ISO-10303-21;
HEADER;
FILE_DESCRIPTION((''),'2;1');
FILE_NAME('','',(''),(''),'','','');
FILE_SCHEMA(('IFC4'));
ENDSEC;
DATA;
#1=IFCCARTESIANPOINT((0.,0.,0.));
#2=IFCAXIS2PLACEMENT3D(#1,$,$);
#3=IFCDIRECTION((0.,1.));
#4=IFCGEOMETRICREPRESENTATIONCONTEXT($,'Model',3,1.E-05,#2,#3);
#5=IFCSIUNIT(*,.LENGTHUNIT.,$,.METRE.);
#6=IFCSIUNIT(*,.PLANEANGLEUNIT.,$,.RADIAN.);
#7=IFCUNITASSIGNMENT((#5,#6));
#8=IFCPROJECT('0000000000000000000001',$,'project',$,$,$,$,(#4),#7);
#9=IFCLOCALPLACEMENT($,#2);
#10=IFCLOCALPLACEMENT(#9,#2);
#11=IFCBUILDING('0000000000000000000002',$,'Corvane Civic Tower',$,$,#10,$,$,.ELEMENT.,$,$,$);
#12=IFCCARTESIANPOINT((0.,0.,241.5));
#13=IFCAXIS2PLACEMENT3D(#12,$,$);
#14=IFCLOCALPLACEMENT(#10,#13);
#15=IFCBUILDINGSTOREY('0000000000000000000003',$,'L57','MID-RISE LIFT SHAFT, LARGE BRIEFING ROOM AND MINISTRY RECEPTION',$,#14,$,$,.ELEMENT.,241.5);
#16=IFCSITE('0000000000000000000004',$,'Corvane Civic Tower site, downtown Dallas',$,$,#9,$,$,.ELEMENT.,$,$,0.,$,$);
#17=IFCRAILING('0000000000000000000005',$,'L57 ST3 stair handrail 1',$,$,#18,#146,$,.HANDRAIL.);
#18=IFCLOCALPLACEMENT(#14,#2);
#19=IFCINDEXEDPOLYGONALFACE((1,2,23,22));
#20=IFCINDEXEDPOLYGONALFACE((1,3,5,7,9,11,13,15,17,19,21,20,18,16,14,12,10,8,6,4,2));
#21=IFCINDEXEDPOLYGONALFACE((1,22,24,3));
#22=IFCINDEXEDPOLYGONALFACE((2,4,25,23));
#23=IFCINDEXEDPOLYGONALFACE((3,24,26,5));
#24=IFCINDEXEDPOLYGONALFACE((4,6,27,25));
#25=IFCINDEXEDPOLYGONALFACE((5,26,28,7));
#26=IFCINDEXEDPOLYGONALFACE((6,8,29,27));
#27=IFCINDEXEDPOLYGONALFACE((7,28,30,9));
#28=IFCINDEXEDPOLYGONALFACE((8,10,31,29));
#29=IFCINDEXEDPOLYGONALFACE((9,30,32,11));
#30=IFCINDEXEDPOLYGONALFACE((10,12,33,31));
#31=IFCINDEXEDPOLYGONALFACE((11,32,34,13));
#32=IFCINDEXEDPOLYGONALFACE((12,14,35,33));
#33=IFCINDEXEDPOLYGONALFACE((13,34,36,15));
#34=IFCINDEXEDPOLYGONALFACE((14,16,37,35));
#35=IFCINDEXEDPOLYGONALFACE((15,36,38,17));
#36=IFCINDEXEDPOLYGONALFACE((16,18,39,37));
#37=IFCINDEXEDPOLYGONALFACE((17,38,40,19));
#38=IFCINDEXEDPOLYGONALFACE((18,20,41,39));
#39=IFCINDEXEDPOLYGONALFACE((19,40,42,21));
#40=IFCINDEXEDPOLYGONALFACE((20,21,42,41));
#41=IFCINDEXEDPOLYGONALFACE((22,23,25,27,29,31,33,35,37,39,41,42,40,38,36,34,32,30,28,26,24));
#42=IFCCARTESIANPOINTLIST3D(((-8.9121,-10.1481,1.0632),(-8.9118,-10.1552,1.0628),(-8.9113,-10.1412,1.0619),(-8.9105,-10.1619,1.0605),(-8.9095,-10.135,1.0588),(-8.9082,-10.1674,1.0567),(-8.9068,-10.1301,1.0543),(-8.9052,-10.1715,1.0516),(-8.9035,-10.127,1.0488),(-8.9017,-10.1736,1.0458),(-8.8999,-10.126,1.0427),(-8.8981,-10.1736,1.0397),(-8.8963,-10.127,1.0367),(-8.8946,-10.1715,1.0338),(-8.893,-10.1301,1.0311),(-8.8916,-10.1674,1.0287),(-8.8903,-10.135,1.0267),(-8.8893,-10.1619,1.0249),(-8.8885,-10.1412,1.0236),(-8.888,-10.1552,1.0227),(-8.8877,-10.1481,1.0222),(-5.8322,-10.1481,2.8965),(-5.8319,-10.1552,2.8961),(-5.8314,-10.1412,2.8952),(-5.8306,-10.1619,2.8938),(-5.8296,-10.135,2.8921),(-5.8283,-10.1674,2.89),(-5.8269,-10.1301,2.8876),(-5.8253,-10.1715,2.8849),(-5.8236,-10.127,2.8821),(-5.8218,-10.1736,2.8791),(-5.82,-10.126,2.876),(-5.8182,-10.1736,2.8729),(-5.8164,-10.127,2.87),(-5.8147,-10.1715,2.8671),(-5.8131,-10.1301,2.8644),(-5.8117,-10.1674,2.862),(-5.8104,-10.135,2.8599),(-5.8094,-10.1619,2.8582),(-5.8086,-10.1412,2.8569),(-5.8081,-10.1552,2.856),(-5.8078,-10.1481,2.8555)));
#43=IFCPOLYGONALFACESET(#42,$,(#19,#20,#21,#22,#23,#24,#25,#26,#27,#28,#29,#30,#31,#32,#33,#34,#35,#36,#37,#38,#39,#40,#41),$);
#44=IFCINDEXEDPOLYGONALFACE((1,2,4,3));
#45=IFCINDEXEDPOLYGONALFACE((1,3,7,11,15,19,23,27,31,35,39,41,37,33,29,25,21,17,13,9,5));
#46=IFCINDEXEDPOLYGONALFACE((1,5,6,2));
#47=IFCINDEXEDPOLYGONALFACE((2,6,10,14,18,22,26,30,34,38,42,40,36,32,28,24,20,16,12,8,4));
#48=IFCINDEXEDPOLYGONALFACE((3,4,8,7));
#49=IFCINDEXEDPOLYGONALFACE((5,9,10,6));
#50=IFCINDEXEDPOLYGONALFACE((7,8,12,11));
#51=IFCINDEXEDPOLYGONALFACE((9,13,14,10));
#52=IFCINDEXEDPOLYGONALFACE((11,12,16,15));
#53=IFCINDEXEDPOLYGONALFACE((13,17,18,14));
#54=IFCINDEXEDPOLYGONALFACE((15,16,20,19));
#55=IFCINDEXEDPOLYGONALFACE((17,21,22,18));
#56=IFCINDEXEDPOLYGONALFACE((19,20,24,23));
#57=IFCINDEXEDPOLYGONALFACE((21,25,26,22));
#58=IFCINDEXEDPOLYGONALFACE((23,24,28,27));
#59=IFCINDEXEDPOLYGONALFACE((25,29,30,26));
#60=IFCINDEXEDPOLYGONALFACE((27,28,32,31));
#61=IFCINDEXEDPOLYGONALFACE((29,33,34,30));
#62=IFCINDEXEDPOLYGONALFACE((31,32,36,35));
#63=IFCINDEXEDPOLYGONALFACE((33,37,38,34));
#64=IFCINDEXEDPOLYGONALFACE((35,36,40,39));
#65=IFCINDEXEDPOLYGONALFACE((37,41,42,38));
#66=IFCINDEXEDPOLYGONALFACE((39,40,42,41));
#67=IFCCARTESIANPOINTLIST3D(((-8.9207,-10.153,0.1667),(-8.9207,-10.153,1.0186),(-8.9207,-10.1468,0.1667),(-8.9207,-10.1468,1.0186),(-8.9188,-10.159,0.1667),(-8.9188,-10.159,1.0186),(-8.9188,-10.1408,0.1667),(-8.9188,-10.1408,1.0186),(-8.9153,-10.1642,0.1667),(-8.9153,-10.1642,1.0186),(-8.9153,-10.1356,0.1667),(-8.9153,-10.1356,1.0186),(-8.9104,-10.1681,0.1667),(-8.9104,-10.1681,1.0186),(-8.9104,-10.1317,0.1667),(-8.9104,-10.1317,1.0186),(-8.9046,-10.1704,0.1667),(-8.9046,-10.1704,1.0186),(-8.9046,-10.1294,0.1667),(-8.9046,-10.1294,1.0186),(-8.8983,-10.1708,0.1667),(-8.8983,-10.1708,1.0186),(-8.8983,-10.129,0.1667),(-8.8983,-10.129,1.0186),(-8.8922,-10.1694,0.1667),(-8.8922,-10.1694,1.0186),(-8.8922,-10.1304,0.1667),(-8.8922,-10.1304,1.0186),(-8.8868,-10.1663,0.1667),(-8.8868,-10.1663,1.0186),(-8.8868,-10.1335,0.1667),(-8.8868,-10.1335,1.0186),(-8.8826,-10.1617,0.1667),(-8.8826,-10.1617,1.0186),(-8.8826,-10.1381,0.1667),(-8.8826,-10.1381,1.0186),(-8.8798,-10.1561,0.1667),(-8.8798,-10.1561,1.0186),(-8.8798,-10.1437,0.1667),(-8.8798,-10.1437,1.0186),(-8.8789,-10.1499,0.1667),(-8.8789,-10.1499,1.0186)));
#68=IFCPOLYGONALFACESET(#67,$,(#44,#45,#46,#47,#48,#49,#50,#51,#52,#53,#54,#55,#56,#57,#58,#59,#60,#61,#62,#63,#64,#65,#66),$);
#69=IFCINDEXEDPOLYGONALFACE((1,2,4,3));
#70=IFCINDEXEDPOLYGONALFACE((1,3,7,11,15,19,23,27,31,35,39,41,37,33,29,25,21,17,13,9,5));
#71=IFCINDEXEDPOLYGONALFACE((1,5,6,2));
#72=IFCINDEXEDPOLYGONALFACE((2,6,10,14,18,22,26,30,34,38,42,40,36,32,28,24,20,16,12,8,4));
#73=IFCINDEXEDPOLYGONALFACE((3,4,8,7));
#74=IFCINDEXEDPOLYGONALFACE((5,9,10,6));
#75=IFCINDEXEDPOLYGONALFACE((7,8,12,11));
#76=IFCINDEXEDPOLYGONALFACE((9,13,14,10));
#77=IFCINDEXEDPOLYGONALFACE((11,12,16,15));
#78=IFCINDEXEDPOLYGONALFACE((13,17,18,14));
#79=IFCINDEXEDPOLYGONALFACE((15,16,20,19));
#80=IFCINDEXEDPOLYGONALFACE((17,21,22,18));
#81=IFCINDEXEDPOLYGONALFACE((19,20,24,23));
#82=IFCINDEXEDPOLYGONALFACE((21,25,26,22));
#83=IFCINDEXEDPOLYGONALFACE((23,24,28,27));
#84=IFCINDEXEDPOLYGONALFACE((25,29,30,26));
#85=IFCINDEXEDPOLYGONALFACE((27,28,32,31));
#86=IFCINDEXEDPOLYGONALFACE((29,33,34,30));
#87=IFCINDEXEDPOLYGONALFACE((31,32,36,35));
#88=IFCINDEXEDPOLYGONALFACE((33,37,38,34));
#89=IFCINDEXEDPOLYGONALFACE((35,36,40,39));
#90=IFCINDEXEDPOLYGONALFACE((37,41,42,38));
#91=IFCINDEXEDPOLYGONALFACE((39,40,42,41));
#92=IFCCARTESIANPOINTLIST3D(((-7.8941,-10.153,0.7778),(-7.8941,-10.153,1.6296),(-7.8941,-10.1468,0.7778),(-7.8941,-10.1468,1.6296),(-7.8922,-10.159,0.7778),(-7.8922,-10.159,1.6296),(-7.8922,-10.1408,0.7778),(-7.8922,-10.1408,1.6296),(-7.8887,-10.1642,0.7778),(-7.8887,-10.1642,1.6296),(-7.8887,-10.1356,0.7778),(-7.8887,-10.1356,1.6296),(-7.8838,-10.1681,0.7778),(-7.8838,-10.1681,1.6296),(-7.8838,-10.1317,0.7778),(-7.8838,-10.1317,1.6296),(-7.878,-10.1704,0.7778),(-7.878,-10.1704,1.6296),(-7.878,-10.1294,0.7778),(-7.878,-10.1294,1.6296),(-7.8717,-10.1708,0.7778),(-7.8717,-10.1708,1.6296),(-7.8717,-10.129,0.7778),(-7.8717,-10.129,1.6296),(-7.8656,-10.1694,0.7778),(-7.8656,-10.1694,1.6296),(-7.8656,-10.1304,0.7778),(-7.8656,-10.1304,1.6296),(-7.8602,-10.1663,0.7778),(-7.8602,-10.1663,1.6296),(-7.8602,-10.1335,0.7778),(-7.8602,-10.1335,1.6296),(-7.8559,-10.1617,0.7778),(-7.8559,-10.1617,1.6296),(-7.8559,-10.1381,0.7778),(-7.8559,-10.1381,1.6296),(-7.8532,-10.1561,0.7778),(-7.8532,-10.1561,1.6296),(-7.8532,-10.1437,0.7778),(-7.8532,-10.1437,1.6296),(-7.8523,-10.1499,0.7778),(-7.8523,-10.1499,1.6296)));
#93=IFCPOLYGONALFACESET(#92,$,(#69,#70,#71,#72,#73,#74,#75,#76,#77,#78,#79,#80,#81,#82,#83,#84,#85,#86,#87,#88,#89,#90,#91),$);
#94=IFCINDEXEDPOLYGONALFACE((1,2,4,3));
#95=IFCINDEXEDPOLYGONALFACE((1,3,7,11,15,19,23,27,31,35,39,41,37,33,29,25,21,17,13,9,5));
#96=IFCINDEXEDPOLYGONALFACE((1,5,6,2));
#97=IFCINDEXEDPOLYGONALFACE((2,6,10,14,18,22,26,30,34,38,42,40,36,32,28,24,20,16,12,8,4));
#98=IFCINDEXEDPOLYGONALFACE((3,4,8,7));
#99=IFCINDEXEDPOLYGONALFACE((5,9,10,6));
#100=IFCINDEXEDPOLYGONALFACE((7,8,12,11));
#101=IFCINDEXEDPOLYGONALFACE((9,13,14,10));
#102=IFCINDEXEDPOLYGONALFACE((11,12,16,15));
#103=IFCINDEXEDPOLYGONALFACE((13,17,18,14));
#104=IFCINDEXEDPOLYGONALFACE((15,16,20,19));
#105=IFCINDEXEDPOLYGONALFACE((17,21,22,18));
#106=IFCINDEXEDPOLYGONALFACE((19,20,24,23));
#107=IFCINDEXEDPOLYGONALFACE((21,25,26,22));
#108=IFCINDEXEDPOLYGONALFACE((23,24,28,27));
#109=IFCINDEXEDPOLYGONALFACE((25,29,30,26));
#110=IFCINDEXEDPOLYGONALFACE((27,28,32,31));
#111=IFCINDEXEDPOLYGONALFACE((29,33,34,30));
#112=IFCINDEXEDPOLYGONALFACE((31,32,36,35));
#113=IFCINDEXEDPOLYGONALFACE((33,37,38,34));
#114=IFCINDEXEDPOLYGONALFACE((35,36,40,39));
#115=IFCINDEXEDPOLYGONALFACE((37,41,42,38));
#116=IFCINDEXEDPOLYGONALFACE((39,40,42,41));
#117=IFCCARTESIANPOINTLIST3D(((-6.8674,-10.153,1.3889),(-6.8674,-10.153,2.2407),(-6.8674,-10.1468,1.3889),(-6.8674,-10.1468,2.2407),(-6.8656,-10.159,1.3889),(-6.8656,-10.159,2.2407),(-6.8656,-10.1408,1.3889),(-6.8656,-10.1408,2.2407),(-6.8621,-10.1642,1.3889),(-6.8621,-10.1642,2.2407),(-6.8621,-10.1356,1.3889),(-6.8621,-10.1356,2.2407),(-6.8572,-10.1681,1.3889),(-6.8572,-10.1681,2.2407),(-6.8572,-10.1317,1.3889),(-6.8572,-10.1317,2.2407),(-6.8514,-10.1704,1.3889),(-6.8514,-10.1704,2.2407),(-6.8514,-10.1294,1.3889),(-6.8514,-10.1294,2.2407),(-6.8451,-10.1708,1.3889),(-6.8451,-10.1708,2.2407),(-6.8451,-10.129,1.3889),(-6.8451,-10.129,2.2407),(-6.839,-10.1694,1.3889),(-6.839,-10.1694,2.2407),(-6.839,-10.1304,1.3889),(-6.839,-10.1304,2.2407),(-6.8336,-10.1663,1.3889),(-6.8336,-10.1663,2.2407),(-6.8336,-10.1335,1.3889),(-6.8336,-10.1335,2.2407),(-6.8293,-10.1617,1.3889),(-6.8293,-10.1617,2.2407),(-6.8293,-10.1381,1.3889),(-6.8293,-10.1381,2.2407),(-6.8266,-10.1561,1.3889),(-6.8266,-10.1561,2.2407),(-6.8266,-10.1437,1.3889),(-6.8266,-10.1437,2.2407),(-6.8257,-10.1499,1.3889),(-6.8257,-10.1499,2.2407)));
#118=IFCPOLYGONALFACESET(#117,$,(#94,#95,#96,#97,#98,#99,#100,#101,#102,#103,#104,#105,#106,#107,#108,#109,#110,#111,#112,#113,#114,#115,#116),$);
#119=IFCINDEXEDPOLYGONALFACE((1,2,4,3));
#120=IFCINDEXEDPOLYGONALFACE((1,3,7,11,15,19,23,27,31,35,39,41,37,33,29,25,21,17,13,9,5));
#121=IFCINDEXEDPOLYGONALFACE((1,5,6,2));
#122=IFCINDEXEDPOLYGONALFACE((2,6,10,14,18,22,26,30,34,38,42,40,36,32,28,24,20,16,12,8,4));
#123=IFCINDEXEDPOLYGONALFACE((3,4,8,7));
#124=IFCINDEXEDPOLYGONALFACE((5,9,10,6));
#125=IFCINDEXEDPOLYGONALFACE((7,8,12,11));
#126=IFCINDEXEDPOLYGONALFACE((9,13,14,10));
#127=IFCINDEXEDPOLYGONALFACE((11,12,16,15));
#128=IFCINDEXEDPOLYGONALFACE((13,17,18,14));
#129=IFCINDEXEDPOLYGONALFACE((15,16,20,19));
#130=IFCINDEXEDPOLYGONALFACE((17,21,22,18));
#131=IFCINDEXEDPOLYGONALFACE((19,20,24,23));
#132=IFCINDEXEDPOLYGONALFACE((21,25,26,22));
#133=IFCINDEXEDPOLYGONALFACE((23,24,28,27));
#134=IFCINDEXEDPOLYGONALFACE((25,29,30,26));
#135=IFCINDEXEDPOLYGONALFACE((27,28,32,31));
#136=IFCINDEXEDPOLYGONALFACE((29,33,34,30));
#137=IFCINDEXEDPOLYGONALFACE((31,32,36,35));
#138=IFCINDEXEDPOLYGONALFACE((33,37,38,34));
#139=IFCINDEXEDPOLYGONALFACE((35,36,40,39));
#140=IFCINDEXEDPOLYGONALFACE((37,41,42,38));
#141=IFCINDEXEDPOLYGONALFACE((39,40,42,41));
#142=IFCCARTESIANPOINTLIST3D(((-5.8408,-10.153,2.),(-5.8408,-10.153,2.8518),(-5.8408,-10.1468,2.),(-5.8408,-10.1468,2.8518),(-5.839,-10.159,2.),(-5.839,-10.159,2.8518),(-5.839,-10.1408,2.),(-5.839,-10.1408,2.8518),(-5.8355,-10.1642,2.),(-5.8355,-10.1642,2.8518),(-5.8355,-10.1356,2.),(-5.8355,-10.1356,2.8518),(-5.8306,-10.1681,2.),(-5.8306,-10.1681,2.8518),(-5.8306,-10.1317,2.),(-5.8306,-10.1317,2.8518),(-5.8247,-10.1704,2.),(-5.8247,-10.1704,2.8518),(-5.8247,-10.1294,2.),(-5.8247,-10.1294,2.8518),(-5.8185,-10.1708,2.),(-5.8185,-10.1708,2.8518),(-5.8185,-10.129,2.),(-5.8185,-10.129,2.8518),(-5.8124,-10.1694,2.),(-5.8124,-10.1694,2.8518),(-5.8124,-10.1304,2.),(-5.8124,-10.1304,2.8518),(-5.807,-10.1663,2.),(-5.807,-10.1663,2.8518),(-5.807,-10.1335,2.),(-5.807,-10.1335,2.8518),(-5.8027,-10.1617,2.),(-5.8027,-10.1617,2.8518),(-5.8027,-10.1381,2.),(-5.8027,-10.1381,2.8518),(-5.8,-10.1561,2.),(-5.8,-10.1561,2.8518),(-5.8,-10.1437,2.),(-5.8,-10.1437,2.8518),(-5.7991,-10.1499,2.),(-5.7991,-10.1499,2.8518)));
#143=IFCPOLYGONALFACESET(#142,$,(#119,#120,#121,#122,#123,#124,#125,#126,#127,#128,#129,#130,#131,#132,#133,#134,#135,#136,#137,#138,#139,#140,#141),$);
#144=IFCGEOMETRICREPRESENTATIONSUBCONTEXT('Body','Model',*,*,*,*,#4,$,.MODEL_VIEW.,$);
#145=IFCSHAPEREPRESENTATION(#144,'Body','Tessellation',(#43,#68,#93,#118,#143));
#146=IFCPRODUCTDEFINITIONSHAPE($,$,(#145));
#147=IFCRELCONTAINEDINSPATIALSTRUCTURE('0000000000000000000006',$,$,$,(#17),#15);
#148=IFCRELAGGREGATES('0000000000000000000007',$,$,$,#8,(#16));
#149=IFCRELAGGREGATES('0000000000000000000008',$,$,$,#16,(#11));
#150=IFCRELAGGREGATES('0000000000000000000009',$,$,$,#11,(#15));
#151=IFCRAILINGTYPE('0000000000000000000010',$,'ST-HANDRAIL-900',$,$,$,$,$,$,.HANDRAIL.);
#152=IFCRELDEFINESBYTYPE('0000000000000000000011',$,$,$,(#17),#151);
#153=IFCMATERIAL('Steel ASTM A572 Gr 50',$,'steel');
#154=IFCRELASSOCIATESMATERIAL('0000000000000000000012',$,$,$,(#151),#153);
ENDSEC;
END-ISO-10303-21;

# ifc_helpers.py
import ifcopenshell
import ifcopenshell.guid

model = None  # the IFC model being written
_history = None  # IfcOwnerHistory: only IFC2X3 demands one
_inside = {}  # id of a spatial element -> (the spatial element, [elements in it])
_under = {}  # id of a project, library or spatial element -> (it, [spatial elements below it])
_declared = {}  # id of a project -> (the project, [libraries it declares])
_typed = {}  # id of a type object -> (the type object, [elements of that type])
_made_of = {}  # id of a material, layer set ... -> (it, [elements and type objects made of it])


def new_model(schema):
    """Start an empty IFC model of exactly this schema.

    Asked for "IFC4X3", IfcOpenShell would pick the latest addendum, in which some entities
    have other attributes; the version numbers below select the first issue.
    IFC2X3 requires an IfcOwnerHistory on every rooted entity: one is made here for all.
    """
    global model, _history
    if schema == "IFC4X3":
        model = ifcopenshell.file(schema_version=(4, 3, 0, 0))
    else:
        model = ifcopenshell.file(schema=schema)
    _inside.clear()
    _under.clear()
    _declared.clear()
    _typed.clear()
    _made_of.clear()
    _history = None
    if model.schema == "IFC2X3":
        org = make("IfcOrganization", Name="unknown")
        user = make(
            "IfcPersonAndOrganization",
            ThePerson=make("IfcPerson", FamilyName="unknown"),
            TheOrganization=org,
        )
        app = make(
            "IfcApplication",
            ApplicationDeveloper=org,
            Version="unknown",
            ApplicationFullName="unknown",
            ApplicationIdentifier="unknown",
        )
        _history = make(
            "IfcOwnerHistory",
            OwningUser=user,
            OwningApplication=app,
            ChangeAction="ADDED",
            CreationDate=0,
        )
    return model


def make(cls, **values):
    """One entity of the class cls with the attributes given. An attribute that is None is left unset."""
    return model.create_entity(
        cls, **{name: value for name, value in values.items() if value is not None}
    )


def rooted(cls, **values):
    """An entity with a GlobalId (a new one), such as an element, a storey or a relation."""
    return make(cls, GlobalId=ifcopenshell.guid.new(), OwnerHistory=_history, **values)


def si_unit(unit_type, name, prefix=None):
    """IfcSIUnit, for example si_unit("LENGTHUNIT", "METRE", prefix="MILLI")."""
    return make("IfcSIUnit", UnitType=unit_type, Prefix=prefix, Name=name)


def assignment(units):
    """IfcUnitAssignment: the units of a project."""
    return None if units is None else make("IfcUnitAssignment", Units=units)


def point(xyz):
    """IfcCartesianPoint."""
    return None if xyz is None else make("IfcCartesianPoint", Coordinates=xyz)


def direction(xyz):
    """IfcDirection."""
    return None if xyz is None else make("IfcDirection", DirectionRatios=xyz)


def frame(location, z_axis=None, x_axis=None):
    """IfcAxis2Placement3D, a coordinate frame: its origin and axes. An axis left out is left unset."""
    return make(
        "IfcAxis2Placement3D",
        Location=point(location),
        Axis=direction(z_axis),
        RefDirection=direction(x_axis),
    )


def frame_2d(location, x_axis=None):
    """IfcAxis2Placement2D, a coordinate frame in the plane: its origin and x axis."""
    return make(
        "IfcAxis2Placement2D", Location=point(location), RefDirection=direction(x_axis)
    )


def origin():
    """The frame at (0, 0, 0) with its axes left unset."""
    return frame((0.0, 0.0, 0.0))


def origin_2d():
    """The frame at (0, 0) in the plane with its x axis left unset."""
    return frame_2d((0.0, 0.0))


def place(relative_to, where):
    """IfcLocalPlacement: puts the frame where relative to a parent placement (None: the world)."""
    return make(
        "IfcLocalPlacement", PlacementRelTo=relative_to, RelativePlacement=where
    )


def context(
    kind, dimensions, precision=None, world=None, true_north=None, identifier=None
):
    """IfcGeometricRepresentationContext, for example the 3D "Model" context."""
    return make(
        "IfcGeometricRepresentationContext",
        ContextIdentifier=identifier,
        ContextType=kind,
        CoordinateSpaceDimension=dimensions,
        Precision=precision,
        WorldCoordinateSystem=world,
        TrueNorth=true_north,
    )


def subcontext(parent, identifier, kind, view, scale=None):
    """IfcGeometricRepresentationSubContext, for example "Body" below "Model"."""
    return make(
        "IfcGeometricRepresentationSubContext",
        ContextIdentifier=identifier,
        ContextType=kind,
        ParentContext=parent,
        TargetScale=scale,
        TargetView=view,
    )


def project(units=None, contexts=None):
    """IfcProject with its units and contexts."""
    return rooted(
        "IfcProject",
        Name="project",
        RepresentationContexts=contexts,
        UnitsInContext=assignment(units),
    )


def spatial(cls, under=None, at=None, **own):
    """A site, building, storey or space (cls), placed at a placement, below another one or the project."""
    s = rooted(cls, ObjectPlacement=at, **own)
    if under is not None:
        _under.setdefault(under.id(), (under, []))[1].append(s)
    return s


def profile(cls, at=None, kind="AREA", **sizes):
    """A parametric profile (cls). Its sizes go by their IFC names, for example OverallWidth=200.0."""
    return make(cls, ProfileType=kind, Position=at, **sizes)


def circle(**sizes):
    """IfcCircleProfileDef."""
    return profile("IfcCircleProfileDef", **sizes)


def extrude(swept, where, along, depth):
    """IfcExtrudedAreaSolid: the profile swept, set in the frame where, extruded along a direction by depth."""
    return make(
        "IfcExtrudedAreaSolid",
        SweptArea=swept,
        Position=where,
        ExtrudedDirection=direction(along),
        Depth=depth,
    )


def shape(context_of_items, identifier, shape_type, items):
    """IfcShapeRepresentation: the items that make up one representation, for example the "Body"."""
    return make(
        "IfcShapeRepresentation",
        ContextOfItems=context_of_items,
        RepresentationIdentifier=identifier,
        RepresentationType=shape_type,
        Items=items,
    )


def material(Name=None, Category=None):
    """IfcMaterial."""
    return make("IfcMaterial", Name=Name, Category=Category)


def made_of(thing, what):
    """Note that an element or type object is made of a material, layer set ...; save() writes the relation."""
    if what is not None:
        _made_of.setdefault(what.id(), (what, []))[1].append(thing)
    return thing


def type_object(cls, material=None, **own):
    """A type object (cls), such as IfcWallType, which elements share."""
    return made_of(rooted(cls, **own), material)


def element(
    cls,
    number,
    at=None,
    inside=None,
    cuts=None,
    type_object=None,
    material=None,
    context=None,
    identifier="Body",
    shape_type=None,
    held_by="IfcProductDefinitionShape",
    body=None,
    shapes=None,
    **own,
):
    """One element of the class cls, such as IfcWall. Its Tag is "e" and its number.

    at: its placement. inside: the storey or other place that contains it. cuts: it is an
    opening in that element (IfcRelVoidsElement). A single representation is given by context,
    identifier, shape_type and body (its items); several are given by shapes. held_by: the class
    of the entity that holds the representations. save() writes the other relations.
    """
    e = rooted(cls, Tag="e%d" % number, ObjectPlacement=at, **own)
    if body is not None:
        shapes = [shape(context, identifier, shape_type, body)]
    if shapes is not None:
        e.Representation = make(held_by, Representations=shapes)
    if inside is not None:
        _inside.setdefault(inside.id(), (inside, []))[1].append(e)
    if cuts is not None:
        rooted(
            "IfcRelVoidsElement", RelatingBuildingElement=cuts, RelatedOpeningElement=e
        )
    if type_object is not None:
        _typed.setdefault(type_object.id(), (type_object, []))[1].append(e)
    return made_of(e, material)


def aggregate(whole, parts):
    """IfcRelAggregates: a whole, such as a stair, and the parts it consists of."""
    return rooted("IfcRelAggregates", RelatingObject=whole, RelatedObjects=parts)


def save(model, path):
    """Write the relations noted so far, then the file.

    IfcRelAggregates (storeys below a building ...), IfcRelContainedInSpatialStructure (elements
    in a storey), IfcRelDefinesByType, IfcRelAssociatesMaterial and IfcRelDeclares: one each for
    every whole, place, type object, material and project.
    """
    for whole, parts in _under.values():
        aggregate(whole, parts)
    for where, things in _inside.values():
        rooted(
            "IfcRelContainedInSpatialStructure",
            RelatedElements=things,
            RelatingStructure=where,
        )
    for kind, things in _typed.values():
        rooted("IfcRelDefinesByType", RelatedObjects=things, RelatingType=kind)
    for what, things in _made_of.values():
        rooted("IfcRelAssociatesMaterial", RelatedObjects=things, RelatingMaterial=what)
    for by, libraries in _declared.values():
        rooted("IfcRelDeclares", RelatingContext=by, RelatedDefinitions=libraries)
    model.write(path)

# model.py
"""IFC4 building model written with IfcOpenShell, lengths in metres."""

from ifc_helpers import new_model, si_unit, direction, frame, origin, origin_2d, place, context, subcontext, project, spatial, circle, extrude, material, type_object, element, save


model = new_model("IFC4")

# Units and contexts
model_context = context("Model", 3, precision=1e-05, world=origin(), true_north=direction((0.0, 1.0)))
body_context = subcontext(model_context, "Body", "Model", "MODEL_VIEW")
ifc_project = project(units=[si_unit("LENGTHUNIT", "METRE"), si_unit("PLANEANGLEUNIT", "RADIAN")], contexts=[model_context])

# Site, building, storey
site_placement = place(None, origin())
site = spatial("IfcSite", under=ifc_project, at=site_placement, Name="Corvane Civic Tower site, downtown Dallas", CompositionType="ELEMENT", RefElevation=0.0)
building_placement = place(site_placement, origin())
building = spatial("IfcBuilding", under=site, at=building_placement, Name="Corvane Civic Tower", CompositionType="ELEMENT")
storey_placement = place(building_placement, frame((0.0, 0.0, 241.5)))
storey = spatial("IfcBuildingStorey", under=building, at=storey_placement, Name="L57", Description="MID-RISE LIFT SHAFT, LARGE BRIEFING ROOM AND MINISTRY RECEPTION", CompositionType="ELEMENT", Elevation=241.5)

# Railing
ifc_material_1 = material(Name="Steel ASTM A572 Gr 50", Category="steel")
railing_type_1 = type_object("IfcRailingType", Name="ST-HANDRAIL-900", PredefinedType="HANDRAIL", material=ifc_material_1)
railing_1_placement = place(storey_placement, frame((-8.8999, -10.1499, 0.1667)))
element("IfcRailing", 1, at=railing_1_placement, inside=storey, type_object=railing_type_1, Name="L57 ST3 stair handrail 1", PredefinedType="HANDRAIL", context=body_context, shape_type="SweptSolid", body=[
    extrude(circle(Radius=0.0239, at=origin_2d()), frame((0.0, 0.0, 0.876), z_axis=(0.859291, 0.0, 0.511487), x_axis=(0.0, 1.0, 0.0)), (0.0, 0.0, 1.0), 3.5842),
    extrude(circle(Radius=0.021, at=origin_2d()), origin(), (0.0, 0.0, 1.0), 0.8518),
    extrude(circle(Radius=0.021, at=origin_2d()), frame((1.0266, 0.0, 0.6111)), (0.0, 0.0, 1.0), 0.8518),
    extrude(circle(Radius=0.021, at=origin_2d()), frame((2.0532, 0.0, 1.2222)), (0.0, 0.0, 1.0), 0.8518),
    extrude(circle(Radius=0.021, at=origin_2d()), frame((3.0798, 0.0, 1.8333)), (0.0, 0.0, 1.0), 0.8518),
])

save(model, "model.ifc")
